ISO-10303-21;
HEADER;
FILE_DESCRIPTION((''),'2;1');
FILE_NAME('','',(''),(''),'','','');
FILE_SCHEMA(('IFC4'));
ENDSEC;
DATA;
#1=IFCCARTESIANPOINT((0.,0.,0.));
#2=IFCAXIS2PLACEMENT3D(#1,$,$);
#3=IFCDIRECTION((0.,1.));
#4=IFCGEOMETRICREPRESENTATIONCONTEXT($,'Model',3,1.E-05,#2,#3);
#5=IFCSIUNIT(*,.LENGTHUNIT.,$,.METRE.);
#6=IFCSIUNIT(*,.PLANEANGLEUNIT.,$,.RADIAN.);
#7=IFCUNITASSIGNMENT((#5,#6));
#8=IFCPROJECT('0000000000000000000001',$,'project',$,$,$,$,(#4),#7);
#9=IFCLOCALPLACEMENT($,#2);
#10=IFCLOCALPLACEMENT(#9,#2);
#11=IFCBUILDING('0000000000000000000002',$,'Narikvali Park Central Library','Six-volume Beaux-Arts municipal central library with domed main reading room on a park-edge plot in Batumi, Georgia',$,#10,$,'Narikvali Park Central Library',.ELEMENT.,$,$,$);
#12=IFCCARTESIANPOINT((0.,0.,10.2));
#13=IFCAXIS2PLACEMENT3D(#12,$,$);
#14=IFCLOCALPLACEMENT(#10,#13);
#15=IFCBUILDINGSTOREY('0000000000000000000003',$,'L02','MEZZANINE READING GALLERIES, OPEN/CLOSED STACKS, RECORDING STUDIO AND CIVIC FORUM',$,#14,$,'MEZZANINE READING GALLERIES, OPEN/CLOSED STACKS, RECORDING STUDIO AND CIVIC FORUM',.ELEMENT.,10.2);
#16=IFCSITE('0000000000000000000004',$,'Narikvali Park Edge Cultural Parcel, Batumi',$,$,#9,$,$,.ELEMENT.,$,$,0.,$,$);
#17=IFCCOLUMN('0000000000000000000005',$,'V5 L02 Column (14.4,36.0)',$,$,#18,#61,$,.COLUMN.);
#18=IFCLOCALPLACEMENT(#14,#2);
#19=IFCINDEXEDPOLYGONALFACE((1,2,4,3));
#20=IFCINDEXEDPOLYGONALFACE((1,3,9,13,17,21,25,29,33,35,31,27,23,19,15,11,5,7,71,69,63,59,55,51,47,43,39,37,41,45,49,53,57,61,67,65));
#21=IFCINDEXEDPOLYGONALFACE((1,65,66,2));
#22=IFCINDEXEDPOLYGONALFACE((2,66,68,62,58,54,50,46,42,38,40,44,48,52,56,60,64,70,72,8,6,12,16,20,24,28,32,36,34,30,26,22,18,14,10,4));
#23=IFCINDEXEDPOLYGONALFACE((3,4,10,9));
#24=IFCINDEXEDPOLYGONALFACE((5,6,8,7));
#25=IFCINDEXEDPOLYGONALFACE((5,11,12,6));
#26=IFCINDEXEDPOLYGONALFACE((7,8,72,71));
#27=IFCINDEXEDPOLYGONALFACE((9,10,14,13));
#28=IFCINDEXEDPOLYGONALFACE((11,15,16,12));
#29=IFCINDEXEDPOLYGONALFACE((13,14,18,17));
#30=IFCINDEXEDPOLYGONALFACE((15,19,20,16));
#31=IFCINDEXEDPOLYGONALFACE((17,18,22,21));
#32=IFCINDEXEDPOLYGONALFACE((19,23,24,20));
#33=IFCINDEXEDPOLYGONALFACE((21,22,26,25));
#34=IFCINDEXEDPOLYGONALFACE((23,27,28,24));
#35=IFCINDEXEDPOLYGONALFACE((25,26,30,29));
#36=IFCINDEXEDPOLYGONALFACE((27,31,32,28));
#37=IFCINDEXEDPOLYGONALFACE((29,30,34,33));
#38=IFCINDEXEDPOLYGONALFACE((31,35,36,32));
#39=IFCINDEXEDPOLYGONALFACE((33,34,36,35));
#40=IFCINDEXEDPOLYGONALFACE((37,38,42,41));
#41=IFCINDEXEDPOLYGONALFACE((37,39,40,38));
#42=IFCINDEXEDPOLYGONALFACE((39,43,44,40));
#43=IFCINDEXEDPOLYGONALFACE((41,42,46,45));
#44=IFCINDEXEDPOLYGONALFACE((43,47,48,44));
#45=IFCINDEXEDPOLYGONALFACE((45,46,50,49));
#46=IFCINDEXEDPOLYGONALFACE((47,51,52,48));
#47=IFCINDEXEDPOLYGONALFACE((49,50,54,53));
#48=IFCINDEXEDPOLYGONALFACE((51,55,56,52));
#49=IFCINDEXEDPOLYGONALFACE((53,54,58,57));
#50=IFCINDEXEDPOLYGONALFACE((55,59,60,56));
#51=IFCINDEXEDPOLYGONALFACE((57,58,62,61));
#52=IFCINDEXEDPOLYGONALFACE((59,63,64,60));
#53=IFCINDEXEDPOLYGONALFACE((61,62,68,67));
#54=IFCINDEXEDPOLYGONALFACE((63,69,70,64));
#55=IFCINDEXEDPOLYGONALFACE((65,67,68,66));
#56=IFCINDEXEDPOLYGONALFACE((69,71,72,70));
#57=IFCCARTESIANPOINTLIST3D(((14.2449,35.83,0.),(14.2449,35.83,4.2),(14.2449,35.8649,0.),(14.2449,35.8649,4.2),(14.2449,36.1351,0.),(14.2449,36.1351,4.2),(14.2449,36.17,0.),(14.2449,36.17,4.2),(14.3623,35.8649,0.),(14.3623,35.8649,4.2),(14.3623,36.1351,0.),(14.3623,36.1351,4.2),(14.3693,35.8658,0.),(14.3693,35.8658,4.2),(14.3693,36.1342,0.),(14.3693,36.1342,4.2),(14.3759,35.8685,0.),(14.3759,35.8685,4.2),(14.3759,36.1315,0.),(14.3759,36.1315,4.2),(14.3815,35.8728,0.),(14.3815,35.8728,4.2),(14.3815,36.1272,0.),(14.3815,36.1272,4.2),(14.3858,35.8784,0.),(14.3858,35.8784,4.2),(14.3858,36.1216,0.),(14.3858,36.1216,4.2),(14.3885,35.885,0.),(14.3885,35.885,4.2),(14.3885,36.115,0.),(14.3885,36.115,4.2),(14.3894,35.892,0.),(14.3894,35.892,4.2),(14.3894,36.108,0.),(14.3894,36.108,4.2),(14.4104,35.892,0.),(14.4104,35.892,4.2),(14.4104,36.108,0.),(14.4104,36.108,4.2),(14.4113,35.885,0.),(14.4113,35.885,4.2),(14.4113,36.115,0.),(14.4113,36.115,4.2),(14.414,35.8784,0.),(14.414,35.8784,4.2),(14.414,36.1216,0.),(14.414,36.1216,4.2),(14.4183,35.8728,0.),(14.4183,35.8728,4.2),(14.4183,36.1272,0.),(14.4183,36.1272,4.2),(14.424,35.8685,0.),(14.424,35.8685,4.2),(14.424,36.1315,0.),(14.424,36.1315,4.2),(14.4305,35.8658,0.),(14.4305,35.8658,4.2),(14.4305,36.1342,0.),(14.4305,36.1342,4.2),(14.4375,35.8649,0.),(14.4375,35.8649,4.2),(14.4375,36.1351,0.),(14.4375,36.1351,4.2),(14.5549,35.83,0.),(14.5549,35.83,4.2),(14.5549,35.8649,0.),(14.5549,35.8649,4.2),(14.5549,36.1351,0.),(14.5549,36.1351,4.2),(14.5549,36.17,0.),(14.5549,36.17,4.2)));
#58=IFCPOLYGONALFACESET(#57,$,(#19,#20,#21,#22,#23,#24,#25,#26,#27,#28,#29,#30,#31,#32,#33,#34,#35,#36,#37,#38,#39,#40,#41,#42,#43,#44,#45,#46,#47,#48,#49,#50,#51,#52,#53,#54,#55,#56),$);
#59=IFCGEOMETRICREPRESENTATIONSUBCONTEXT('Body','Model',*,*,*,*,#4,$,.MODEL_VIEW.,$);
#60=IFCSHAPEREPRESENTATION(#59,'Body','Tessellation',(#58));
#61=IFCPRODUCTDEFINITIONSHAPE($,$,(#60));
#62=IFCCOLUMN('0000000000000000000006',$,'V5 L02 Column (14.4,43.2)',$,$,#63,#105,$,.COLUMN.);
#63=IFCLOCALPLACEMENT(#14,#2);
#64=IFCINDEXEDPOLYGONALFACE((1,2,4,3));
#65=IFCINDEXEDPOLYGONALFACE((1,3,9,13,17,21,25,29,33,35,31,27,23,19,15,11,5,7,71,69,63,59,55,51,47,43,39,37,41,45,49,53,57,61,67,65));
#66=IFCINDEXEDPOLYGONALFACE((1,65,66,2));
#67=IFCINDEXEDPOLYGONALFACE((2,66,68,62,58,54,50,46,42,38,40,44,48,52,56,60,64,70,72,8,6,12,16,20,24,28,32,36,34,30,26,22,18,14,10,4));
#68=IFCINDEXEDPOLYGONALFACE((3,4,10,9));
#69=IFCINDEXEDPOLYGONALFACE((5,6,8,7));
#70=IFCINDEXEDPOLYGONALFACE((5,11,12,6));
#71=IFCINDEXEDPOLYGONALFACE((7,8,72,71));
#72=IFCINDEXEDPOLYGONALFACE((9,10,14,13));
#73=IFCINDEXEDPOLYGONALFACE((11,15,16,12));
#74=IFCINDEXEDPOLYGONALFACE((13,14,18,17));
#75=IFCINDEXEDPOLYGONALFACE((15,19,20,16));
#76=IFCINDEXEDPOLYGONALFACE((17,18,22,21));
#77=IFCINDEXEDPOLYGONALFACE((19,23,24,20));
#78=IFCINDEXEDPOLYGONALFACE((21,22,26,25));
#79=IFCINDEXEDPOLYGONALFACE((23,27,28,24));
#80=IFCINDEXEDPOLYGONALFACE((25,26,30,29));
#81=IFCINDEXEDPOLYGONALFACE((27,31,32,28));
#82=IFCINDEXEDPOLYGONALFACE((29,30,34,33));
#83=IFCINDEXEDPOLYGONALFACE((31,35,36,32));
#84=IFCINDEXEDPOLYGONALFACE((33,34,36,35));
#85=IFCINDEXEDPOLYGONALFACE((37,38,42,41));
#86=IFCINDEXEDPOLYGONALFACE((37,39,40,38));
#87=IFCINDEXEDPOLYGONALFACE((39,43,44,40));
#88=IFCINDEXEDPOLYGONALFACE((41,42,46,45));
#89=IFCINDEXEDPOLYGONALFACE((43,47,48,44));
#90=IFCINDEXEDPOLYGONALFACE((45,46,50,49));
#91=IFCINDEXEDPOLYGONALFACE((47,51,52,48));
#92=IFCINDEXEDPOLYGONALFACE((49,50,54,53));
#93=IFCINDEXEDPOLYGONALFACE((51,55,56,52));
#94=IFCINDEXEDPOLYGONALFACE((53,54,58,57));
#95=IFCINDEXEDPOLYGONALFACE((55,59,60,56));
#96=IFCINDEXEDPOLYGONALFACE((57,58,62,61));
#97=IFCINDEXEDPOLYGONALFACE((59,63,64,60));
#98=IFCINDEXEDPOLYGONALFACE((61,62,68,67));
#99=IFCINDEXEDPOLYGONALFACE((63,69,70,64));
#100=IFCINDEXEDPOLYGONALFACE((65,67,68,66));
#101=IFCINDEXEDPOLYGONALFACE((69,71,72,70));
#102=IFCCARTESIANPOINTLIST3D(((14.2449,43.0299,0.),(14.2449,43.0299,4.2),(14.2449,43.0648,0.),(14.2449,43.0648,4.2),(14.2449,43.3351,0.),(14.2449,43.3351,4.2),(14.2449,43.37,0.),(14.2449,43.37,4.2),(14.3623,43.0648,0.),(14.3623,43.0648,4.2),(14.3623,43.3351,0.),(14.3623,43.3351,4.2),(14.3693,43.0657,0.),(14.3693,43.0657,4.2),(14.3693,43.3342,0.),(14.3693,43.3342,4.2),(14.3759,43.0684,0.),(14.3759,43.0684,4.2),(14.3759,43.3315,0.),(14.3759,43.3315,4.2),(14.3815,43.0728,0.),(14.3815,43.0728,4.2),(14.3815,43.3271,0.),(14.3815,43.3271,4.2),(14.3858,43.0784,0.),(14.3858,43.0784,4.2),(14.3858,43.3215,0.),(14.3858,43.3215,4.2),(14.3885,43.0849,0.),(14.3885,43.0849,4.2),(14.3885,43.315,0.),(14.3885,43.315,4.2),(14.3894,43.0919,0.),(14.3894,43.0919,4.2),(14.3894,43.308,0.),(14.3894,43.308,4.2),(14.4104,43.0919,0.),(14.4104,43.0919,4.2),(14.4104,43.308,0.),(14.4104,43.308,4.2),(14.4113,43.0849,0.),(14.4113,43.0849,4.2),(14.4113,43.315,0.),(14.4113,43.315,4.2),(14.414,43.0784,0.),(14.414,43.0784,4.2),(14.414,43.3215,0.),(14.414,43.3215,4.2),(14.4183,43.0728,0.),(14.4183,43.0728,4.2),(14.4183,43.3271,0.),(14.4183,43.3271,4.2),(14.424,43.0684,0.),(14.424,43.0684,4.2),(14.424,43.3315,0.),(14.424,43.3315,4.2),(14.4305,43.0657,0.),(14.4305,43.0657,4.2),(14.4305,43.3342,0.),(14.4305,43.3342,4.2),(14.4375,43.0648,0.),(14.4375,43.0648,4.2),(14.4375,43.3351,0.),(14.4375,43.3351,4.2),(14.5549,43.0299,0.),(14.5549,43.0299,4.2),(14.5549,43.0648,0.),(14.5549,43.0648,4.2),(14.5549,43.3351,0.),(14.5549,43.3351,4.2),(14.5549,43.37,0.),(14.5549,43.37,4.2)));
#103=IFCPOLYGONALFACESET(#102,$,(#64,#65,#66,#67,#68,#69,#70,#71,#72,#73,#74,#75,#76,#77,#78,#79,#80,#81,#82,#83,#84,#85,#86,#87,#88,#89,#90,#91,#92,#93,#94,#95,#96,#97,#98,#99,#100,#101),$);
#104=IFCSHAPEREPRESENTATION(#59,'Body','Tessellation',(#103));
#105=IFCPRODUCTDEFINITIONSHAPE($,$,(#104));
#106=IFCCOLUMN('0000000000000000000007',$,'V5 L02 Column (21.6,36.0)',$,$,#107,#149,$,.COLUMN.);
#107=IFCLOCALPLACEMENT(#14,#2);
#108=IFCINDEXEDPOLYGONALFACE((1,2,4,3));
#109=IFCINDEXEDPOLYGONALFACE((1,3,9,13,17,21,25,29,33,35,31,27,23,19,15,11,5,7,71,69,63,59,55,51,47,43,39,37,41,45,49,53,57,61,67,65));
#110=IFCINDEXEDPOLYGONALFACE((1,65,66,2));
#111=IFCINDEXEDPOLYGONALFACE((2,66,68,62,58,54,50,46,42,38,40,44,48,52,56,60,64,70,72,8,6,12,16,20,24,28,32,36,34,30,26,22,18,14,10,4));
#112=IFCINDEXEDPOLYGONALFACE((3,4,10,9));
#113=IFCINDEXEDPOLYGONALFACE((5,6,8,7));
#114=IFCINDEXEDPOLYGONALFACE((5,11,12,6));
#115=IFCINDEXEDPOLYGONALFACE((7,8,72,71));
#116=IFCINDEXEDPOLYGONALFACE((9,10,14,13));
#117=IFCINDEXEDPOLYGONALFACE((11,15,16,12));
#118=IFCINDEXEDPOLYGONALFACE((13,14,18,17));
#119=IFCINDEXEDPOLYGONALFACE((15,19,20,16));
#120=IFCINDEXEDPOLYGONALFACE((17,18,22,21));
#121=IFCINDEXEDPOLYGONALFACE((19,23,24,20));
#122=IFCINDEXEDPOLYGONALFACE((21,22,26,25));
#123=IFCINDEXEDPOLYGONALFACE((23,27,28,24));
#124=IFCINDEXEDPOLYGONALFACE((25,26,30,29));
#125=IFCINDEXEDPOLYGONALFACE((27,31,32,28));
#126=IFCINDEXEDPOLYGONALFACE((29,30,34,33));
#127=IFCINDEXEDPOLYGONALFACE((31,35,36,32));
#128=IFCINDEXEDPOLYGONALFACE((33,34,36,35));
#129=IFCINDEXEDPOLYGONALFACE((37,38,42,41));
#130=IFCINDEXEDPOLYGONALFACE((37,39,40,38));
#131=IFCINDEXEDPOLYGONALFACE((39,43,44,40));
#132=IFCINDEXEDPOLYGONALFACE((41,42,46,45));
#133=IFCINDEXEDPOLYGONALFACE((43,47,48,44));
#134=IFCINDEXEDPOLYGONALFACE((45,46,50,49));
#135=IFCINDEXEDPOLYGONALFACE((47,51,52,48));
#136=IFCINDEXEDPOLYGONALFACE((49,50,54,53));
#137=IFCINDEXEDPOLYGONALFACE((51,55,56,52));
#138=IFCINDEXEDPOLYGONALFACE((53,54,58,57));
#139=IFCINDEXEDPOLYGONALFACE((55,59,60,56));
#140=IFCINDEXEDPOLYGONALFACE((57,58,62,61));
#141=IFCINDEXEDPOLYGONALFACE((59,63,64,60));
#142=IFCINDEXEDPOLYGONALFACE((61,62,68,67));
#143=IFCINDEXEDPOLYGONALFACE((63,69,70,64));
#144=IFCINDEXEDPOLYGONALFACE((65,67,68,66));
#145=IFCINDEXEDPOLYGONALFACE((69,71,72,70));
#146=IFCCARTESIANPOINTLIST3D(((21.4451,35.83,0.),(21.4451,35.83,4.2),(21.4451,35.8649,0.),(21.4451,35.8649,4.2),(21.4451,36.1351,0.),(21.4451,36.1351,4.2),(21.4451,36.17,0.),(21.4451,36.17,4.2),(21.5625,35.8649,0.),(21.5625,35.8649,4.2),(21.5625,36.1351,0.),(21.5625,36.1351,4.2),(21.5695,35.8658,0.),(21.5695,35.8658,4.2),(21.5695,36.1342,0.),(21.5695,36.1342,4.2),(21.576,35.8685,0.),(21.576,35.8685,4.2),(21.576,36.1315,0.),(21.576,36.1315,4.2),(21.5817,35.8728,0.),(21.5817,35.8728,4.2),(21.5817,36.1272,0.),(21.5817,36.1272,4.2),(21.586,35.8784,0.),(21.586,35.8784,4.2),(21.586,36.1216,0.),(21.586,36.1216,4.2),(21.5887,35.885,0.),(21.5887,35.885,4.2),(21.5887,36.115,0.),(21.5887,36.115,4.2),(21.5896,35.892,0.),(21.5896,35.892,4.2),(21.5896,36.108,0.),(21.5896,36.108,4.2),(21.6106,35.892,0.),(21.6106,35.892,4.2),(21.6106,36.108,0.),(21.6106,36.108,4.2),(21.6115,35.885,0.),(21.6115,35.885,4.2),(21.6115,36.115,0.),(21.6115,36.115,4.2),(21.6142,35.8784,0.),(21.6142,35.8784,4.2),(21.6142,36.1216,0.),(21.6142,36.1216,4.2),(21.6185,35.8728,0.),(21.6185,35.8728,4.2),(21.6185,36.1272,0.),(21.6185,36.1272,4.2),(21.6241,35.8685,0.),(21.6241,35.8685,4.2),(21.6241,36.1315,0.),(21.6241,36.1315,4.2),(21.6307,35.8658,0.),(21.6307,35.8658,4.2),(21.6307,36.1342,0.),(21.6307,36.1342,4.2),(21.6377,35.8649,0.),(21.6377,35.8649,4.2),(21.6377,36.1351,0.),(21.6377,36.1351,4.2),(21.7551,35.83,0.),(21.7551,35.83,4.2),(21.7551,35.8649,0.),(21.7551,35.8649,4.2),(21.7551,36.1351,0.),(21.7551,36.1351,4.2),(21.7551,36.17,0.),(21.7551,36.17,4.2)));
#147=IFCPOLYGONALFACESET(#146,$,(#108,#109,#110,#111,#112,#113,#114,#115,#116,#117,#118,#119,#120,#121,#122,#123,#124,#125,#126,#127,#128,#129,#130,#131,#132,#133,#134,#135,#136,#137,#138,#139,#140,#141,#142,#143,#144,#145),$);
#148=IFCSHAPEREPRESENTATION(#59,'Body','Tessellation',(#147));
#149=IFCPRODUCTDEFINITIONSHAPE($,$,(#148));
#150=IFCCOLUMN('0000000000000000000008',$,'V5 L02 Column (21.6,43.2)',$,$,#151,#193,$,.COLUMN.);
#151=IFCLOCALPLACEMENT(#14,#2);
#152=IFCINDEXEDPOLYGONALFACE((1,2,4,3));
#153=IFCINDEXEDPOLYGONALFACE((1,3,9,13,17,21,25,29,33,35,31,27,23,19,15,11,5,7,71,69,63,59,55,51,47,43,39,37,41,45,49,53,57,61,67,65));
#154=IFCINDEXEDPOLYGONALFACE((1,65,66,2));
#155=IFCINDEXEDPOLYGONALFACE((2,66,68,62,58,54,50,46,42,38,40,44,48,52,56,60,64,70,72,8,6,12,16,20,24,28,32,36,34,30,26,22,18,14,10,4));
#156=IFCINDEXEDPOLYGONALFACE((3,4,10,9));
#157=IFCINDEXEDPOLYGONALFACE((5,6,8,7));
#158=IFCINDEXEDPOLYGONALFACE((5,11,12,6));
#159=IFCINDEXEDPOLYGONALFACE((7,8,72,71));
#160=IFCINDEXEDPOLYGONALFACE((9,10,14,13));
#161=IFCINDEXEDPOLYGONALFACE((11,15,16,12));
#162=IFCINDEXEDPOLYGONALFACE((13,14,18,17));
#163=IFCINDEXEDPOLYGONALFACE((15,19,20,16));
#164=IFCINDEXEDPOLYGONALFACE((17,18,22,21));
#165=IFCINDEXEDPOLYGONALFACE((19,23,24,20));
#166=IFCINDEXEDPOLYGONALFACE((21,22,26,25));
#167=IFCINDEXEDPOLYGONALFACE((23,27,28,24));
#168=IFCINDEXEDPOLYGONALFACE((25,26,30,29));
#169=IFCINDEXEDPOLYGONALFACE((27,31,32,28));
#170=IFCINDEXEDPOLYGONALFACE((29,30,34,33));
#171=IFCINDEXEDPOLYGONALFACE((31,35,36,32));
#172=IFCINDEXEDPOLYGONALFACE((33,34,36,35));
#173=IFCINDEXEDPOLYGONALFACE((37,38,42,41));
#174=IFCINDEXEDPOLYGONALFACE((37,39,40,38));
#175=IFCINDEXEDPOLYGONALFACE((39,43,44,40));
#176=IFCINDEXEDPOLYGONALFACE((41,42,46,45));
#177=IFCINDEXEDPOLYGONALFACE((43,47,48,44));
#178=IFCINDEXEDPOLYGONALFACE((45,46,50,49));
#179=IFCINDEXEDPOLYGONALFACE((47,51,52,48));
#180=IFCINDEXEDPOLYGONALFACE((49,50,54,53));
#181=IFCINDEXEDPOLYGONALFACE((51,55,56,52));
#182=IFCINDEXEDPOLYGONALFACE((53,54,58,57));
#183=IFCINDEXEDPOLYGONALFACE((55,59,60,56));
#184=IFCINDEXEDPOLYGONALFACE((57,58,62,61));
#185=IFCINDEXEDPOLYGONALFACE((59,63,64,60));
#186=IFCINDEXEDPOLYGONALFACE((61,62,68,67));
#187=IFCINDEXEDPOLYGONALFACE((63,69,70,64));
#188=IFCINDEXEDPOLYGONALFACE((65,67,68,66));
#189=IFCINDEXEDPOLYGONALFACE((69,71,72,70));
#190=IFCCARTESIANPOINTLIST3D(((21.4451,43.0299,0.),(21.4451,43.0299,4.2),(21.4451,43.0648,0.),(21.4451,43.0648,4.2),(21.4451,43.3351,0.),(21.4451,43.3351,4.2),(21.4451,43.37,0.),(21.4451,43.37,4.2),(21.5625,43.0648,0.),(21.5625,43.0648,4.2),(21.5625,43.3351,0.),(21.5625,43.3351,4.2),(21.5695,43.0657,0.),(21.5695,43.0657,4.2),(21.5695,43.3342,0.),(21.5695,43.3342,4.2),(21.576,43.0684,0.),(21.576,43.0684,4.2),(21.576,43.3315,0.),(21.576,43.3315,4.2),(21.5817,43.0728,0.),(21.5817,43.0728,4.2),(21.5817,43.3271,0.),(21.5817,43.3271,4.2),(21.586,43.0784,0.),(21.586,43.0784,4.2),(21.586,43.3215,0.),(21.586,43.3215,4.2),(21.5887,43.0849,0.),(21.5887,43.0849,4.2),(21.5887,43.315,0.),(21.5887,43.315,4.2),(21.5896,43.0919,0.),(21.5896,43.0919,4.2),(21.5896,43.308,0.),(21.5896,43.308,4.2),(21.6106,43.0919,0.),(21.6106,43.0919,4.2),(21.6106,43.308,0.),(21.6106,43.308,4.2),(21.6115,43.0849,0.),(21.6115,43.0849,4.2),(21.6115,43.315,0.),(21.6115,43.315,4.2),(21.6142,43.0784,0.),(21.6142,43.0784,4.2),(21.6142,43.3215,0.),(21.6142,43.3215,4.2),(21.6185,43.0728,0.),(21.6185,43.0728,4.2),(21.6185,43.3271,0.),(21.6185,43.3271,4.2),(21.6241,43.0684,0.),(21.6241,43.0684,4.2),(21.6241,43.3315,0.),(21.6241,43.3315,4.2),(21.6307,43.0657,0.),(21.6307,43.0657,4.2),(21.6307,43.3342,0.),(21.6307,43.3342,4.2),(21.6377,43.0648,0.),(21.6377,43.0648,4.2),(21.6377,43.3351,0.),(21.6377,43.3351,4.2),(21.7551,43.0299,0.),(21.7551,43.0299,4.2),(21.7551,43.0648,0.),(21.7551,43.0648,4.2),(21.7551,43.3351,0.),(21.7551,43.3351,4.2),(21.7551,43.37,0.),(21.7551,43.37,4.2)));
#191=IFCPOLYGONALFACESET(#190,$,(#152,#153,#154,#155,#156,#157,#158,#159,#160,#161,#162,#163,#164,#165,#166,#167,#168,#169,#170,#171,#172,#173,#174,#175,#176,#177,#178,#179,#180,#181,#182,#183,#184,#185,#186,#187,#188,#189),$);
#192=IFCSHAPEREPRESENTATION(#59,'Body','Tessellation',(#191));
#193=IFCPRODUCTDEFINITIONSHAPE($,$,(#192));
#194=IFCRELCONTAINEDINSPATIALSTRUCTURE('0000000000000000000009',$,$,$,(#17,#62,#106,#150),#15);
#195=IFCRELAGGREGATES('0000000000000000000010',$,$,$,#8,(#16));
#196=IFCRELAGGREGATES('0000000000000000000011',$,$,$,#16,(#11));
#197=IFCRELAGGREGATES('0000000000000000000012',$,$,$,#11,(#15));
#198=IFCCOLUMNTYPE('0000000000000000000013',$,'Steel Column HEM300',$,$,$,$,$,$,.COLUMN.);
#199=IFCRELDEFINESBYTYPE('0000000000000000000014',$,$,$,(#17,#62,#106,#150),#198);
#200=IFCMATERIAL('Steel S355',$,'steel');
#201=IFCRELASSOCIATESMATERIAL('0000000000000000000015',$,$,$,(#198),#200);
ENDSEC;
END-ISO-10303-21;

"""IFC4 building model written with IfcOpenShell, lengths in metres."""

from ifc_helpers import new_model, si_unit, direction, frame, origin, origin_2d, place, context, subcontext, project, spatial, i_section, extrude, material, material_profile, profile_set, type_object, element, save


model = new_model("IFC4")

# Units and contexts
model_context = context("Model", 3, precision=1e-05, world=origin(), true_north=direction((0.0, 1.0)))
body_context = subcontext(model_context, "Body", "Model", "MODEL_VIEW")
ifc_project = project(units=[si_unit("LENGTHUNIT", "METRE"), si_unit("PLANEANGLEUNIT", "RADIAN")], contexts=[model_context])

# Site, building, storey
site_placement = place(None, origin())
site = spatial("IfcSite", under=ifc_project, at=site_placement, Name="Narikvali Park Edge Cultural Parcel, Batumi", CompositionType="ELEMENT", RefElevation=0.0)
building_placement = place(site_placement, origin())
building = spatial("IfcBuilding", under=site, at=building_placement, Name="Narikvali Park Central Library", Description="Six-volume Beaux-Arts municipal central library with domed main reading room on a park-edge plot in Batumi, Georgia", LongName="Narikvali Park Central Library", CompositionType="ELEMENT")
storey_placement = place(building_placement, frame((0.0, 0.0, 10.2)))
storey = spatial("IfcBuildingStorey", under=building, at=storey_placement, Name="L02", Description="MEZZANINE READING GALLERIES, OPEN/CLOSED STACKS, RECORDING STUDIO AND CIVIC FORUM", LongName="MEZZANINE READING GALLERIES, OPEN/CLOSED STACKS, RECORDING STUDIO AND CIVIC FORUM", CompositionType="ELEMENT", Elevation=10.2)

# Columns
ifc_material_1 = material(Name="Steel S355", Category="steel")
ifc_material_profile_1 = material_profile(ifc_material_1, i_section(OverallWidth=0.3101, OverallDepth=0.3401, WebThickness=0.021, FlangeThickness=0.0349, FilletRadius=0.0271, at=origin_2d()), Name="HEM 300")
ifc_profile_set_1 = profile_set([ifc_material_profile_1], Name="Steel S355")
column_type = type_object("IfcColumnType", Name="Steel Column HEM300", PredefinedType="COLUMN", material=ifc_profile_set_1)
for number, where, z_axis, x_axis, name in (
    (1, (14.3999, 36.0, 0.0), (0.0, 0.0, 1.0), (1.0, 0.0, 0.0), "V5 L02 Column (14.4,36.0)"),
    (2, (14.3999, 43.2, 0.0), (0.0, 0.0, 1.0), (1.0, 0.0, 0.0), "V5 L02 Column (14.4,43.2)"),
    (3, (21.6001, 36.0, 0.0), (0.0, 0.0, 1.0), (1.0, 0.0, 0.0), "V5 L02 Column (21.6,36.0)"),
    (4, (21.6001, 43.2, 0.0), (0.0, 0.0, 1.0), (1.0, 0.0, 0.0), "V5 L02 Column (21.6,43.2)"),
):
    element("IfcColumn", number, at=place(storey_placement, frame(where, z_axis=z_axis, x_axis=x_axis)), inside=storey, type_object=column_type, Name=name, PredefinedType="COLUMN", context=body_context, shape_type="SweptSolid", body=[
        extrude(i_section(OverallWidth=0.3101, OverallDepth=0.3401, WebThickness=0.021, FlangeThickness=0.0349, FilletRadius=0.0271, at=origin_2d()), origin(), (0.0, 0.0, 1.0), 4.2),
    ])

save(model, "model.ifc")
